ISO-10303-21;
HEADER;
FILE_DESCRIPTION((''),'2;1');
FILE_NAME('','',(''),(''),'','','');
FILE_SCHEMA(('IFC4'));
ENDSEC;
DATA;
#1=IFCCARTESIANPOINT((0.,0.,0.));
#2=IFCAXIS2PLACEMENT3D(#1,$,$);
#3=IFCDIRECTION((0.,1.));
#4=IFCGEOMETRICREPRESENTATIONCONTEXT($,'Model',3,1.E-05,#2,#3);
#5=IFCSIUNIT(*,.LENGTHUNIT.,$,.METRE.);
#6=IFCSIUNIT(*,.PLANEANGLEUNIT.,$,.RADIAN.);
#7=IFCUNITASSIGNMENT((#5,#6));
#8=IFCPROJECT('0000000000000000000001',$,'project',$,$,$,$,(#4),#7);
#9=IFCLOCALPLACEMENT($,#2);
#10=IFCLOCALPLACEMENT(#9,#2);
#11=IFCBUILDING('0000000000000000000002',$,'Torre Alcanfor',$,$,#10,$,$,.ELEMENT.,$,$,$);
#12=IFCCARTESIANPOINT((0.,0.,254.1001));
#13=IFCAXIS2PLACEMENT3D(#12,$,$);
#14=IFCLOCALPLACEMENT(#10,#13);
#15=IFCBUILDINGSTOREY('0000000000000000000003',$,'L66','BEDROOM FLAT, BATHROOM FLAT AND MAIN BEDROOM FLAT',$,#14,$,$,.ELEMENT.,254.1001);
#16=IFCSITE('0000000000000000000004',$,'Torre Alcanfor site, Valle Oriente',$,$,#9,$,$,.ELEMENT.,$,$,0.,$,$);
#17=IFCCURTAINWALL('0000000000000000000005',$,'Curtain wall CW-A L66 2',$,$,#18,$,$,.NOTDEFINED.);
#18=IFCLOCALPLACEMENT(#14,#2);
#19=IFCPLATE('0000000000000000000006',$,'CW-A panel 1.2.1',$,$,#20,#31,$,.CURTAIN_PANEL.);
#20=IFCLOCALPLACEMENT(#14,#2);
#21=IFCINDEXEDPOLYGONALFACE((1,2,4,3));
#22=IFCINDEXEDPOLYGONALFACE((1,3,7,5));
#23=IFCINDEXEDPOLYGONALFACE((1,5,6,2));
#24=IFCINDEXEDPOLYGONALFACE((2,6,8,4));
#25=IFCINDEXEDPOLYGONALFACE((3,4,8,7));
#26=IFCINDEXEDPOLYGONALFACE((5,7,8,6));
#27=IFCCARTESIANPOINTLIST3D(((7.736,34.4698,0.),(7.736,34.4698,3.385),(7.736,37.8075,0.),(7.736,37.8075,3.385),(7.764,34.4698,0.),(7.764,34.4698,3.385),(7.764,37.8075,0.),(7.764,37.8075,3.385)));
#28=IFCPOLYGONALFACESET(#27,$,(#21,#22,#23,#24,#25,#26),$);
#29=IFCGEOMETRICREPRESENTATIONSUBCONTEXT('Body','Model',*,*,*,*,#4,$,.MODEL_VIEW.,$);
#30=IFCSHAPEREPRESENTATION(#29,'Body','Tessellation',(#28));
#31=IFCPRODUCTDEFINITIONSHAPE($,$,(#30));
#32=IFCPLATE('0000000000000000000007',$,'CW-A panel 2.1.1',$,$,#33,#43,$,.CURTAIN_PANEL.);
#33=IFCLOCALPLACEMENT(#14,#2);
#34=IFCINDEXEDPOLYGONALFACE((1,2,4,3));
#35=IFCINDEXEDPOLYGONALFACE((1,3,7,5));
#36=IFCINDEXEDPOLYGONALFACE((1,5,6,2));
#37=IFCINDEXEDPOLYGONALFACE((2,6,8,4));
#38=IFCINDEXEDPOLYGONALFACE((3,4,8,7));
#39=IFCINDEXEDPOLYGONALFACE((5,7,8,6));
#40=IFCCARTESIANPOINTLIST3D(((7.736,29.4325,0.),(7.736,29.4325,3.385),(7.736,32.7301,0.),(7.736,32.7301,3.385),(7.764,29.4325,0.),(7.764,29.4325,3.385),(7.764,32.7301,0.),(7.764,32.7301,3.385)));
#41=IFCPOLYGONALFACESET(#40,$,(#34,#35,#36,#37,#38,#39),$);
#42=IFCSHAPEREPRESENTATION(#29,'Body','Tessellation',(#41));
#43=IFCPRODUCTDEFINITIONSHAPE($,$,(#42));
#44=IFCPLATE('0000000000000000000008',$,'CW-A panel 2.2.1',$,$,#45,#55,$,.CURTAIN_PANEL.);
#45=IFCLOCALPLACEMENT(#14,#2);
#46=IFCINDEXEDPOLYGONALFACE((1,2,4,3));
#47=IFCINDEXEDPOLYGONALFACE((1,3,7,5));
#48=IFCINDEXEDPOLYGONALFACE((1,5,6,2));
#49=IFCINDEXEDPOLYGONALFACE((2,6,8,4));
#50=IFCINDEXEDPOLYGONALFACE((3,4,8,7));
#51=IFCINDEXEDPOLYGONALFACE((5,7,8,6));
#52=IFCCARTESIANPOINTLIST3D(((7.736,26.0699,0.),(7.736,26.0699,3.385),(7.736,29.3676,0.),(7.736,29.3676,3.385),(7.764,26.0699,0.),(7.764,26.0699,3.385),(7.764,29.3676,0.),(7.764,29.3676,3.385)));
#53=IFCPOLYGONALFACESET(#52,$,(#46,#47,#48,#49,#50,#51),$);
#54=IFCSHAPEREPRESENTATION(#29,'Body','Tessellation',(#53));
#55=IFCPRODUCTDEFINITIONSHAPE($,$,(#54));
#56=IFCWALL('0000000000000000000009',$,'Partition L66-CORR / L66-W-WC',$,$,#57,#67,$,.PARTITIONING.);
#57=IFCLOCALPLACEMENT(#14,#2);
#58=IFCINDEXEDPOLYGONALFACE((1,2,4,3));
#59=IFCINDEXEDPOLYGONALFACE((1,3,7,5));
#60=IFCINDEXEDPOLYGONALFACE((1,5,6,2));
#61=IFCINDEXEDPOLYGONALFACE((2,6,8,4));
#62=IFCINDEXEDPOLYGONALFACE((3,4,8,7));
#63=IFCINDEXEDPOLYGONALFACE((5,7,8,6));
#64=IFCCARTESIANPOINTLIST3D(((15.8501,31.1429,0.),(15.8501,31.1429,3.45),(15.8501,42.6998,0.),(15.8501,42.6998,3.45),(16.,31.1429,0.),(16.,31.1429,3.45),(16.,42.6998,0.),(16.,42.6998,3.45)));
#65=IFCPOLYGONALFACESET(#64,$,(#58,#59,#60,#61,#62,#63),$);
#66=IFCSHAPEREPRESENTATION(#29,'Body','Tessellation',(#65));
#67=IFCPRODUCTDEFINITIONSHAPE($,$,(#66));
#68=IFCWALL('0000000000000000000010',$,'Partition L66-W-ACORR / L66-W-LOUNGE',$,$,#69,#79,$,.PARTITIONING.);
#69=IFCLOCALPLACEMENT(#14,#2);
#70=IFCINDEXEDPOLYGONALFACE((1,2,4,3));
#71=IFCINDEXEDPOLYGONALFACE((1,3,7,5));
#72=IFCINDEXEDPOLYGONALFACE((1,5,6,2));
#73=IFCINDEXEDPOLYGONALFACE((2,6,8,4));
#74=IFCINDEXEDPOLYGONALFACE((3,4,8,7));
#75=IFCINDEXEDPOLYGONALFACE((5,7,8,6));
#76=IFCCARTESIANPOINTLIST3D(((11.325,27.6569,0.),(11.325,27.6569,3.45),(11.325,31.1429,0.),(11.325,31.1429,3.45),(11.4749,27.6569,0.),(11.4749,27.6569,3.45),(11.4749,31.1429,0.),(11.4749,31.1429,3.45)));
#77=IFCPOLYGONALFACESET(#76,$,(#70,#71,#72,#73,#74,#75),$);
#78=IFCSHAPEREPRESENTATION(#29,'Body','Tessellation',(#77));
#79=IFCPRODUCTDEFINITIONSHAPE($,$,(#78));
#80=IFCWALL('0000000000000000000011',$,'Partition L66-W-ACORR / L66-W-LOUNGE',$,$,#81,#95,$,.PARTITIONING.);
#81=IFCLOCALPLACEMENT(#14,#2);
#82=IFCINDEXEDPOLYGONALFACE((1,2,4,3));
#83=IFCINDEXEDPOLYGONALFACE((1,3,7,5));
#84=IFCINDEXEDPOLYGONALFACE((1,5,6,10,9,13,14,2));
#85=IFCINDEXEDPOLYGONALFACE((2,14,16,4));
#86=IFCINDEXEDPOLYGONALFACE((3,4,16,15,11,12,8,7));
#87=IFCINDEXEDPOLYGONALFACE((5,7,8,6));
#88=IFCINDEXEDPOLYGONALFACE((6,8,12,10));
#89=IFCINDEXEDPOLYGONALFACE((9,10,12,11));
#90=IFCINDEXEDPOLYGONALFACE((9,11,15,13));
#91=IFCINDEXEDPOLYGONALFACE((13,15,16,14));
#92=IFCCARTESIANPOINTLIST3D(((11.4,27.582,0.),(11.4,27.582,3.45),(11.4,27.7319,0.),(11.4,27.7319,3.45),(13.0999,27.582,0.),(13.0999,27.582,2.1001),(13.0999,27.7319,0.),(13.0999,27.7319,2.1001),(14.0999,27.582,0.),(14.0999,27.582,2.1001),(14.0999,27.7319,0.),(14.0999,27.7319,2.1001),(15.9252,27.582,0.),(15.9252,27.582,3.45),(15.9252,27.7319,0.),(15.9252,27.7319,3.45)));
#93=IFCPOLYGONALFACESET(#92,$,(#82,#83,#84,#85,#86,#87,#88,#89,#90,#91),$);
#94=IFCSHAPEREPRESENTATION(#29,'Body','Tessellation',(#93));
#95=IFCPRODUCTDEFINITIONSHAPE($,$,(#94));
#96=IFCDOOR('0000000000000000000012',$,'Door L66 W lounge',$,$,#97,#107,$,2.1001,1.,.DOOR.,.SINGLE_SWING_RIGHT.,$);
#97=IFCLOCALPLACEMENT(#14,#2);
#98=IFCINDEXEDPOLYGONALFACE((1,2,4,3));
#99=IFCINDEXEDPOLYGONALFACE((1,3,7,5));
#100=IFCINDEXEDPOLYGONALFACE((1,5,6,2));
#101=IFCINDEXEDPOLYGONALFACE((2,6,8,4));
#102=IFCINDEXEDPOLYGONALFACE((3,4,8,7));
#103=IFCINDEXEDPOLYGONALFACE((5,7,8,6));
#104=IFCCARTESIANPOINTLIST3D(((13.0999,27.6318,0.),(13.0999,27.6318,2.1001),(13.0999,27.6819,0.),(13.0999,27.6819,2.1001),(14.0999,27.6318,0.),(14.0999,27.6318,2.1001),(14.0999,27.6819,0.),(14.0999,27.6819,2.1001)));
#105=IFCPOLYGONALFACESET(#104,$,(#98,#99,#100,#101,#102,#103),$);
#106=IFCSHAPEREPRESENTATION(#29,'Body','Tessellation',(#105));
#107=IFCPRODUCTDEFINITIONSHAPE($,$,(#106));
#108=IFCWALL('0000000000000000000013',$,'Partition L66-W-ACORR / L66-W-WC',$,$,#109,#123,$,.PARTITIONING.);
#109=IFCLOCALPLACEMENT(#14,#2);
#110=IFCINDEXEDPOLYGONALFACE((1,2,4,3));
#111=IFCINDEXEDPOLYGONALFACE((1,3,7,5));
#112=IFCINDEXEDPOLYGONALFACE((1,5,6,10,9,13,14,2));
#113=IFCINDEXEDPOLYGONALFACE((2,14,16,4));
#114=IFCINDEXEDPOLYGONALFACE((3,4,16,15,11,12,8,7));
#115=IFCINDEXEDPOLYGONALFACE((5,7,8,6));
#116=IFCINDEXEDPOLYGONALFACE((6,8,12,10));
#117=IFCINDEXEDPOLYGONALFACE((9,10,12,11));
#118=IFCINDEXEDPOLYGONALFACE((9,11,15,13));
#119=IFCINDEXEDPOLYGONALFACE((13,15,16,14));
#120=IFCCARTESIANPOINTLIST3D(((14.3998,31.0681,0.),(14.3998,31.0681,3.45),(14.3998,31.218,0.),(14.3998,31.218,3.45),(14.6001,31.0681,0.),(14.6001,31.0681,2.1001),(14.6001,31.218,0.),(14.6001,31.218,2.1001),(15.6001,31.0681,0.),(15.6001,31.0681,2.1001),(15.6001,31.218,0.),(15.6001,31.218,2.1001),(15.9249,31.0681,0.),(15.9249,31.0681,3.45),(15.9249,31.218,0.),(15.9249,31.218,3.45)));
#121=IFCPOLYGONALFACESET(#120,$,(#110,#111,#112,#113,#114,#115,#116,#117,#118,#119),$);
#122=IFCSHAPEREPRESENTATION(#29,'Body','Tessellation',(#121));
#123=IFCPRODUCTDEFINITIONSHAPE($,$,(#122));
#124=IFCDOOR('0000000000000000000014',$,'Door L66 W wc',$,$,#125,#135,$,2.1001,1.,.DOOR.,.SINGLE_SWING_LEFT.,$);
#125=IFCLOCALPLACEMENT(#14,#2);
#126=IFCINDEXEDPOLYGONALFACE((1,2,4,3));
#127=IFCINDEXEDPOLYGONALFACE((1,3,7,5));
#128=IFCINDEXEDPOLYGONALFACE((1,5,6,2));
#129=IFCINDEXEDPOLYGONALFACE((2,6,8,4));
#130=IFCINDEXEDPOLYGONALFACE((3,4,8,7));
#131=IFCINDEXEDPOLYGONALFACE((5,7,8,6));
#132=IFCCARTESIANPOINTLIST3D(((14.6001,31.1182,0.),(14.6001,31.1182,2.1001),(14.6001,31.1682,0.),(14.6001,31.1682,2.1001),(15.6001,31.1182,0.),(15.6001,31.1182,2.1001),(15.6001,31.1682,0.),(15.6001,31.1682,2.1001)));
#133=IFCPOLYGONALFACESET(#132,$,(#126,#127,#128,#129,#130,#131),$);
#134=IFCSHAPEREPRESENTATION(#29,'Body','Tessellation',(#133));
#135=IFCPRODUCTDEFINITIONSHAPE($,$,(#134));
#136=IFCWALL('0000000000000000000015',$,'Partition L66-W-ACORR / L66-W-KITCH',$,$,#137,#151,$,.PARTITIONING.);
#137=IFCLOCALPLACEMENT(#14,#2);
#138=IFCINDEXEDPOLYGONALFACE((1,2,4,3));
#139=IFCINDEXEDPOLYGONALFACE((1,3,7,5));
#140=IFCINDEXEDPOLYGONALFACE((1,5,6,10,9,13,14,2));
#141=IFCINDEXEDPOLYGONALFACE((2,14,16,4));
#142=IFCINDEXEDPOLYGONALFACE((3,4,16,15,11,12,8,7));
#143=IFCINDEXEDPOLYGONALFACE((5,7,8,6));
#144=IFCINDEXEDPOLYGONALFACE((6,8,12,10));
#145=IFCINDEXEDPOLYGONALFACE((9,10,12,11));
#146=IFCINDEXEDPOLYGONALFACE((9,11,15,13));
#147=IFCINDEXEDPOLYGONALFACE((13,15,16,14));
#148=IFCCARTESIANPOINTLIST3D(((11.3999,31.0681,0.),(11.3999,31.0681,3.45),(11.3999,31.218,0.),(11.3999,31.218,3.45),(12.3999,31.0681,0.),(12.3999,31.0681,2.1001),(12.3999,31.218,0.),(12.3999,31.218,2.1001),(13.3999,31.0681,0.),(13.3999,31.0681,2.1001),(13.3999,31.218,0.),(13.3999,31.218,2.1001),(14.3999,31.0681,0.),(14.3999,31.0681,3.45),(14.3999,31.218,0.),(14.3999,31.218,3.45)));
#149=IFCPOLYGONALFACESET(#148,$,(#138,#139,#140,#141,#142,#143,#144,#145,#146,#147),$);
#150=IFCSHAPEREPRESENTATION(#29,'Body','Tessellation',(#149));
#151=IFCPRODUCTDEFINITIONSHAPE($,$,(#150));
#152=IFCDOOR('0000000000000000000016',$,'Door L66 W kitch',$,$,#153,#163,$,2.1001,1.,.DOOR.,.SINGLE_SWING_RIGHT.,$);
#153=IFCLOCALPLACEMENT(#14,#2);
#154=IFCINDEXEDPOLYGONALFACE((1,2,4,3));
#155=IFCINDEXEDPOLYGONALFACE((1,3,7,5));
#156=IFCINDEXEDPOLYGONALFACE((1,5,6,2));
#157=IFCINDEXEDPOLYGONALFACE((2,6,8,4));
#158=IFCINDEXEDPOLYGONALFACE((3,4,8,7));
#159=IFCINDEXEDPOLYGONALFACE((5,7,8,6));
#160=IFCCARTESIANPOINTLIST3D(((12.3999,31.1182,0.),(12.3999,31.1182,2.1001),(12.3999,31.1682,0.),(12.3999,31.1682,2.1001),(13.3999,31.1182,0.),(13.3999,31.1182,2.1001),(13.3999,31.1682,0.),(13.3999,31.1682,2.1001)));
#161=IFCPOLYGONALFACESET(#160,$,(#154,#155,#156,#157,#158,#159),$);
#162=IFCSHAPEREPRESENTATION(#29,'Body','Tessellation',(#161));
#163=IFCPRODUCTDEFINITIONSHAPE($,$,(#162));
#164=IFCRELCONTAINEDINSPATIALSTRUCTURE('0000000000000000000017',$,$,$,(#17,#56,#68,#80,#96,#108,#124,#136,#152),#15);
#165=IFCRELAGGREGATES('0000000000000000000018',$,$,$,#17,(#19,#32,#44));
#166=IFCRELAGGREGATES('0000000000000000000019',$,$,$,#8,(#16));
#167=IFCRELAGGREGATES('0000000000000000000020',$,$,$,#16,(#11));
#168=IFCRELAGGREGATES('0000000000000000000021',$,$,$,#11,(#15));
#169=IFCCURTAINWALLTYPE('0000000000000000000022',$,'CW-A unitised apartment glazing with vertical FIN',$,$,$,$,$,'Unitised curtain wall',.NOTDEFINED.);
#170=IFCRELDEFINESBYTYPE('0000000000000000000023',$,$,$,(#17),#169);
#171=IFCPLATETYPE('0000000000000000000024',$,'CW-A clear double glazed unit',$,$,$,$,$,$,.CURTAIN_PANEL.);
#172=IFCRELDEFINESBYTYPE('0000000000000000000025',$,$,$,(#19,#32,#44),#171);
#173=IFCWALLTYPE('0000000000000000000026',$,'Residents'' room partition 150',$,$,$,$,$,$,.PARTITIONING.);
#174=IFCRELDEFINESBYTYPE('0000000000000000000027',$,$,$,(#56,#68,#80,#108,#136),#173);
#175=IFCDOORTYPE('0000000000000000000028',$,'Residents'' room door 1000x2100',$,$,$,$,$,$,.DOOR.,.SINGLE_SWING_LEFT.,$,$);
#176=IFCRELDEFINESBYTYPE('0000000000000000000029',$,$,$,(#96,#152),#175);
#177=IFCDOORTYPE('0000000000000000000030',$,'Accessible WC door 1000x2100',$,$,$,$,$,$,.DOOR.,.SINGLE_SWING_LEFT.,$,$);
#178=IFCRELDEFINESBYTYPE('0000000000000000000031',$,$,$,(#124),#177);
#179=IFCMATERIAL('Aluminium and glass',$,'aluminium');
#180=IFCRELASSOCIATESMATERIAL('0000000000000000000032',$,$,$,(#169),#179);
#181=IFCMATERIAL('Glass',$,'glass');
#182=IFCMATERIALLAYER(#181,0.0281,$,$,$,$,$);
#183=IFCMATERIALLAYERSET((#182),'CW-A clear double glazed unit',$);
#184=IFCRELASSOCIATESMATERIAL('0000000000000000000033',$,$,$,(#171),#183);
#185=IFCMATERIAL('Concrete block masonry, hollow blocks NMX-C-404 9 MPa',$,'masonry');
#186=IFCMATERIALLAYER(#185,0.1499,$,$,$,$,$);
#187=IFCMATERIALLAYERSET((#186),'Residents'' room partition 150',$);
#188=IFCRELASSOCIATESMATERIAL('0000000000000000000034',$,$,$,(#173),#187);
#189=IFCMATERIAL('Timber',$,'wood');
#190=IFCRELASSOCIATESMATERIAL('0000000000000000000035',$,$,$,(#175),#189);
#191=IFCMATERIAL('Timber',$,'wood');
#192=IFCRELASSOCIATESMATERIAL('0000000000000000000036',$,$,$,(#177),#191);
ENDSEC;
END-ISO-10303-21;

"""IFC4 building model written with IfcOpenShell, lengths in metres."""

from ifc_helpers import new_model, si_unit, direction, frame, frame_2d, origin, origin_2d, place, context, subcontext, project, spatial, rectangle, extrude, material, layer, layer_set, type_object, element, fill, aggregate, save


model = new_model("IFC4")

# Units and contexts
model_context = context("Model", 3, precision=1e-05, world=origin(), true_north=direction((0.0, 1.0)))
body_context = subcontext(model_context, "Body", "Model", "MODEL_VIEW")
ifc_project = project(units=[si_unit("LENGTHUNIT", "METRE"), si_unit("PLANEANGLEUNIT", "RADIAN")], contexts=[model_context])

# Site, building, storey
site_placement = place(None, origin())
site = spatial("IfcSite", under=ifc_project, at=site_placement, Name="Torre Alcanfor site, Valle Oriente", CompositionType="ELEMENT", RefElevation=0.0)
building_placement = place(site_placement, origin())
building = spatial("IfcBuilding", under=site, at=building_placement, Name="Torre Alcanfor", CompositionType="ELEMENT")
storey_placement = place(building_placement, frame((0.0, 0.0, 254.1001)))
storey = spatial("IfcBuildingStorey", under=building, at=storey_placement, Name="L66", Description="BEDROOM FLAT, BATHROOM FLAT AND MAIN BEDROOM FLAT", CompositionType="ELEMENT", Elevation=254.1001)

# Curtain wall
ifc_material_1 = material(Name="Aluminium and glass", Category="aluminium")
curtain_wall_type = type_object("IfcCurtainWallType", Name="CW-A unitised apartment glazing with vertical FIN", ElementType="Unitised curtain wall", PredefinedType="NOTDEFINED", material=ifc_material_1)
curtain_wall_placement = place(storey_placement, origin())
curtain_wall = element("IfcCurtainWall", 1, at=curtain_wall_placement, inside=storey, type_object=curtain_wall_type, Name="Curtain wall CW-A L66 2", PredefinedType="NOTDEFINED")

# Plates
ifc_material_2 = material(Name="Glass", Category="glass")
ifc_layer_1 = layer(ifc_material_2, 0.0281)
ifc_layer_set_1 = layer_set([ifc_layer_1], Name="CW-A clear double glazed unit")
plate_type = type_object("IfcPlateType", Name="CW-A clear double glazed unit", PredefinedType="CURTAIN_PANEL", material=ifc_layer_set_1)
plate_1_placement = place(storey_placement, frame((7.75, 36.1387, 0.0), z_axis=(0.0, 0.0, 1.0), x_axis=(0.0, -1.0, 0.0)))
plate_1 = element("IfcPlate", 2, at=plate_1_placement, type_object=plate_type, Name="CW-A panel 1.2.1", PredefinedType="CURTAIN_PANEL", context=body_context, shape_type="SweptSolid", body=[
    extrude(rectangle(XDim=3.3376, YDim=0.0281, at=origin_2d()), origin(), (0.0, 0.0, 1.0), 3.385),
])
plate_2_placement = place(storey_placement, frame((7.75, 31.0813, 0.0), z_axis=(0.0, 0.0, 1.0), x_axis=(0.0, -1.0, 0.0)))
plate_2 = element("IfcPlate", 3, at=plate_2_placement, type_object=plate_type, Name="CW-A panel 2.1.1", PredefinedType="CURTAIN_PANEL", context=body_context, shape_type="SweptSolid", body=[
    extrude(rectangle(XDim=3.2976, YDim=0.0281, at=origin_2d()), origin(), (0.0, 0.0, 1.0), 3.385),
])
plate_3_placement = place(storey_placement, frame((7.75, 27.7188, 0.0), z_axis=(0.0, 0.0, 1.0), x_axis=(0.0, -1.0, 0.0)))
plate_3 = element("IfcPlate", 4, at=plate_3_placement, type_object=plate_type, Name="CW-A panel 2.2.1", PredefinedType="CURTAIN_PANEL", context=body_context, shape_type="SweptSolid", body=[
    extrude(rectangle(XDim=3.2976, YDim=0.0281, at=origin_2d()), origin(), (0.0, 0.0, 1.0), 3.385),
])
aggregate(curtain_wall, [plate_1, plate_2, plate_3])

# Walls
ifc_material_3 = material(Name="Concrete block masonry, hollow blocks NMX-C-404 9 MPa", Category="masonry")
ifc_layer_2 = layer(ifc_material_3, 0.1499)
ifc_layer_set_2 = layer_set([ifc_layer_2], Name="Residents' room partition 150")
wall_type = type_object("IfcWallType", Name="Residents' room partition 150", PredefinedType="PARTITIONING", material=ifc_layer_set_2)
wall_1_placement = place(storey_placement, frame((15.925, 31.1431, 0.0), z_axis=(0.0, 0.0, 1.0), x_axis=(0.0, 1.0, 0.0)))
element("IfcWall", 5, at=wall_1_placement, inside=storey, type_object=wall_type, Name="Partition L66-CORR / L66-W-WC", PredefinedType="PARTITIONING", context=body_context, shape_type="SweptSolid", body=[
    extrude(rectangle(XDim=11.5569, YDim=0.1499, at=frame_2d((5.7783, 0.0))), origin(), (0.0, 0.0, 1.0), 3.45),
])
wall_2_placement = place(storey_placement, frame((11.3999, 31.1431, 0.0), z_axis=(0.0, 0.0, 1.0), x_axis=(0.0, -1.0, 0.0)))
element("IfcWall", 6, at=wall_2_placement, inside=storey, type_object=wall_type, Name="Partition L66-W-ACORR / L66-W-LOUNGE", PredefinedType="PARTITIONING", context=body_context, shape_type="SweptSolid", body=[
    extrude(rectangle(XDim=3.4861, YDim=0.1499, at=frame_2d((1.7432, 0.0))), origin(), (0.0, 0.0, 1.0), 3.45),
])

# Walls, openings, doors
wall_3_placement = place(storey_placement, frame((11.3999, 27.657, 0.0), z_axis=(0.0, 0.0, 1.0), x_axis=(1.0, 0.0, 0.0)))
wall_3 = element("IfcWall", 7, at=wall_3_placement, inside=storey, type_object=wall_type, Name="Partition L66-W-ACORR / L66-W-LOUNGE", PredefinedType="PARTITIONING", context=body_context, shape_type="SweptSolid", body=[
    extrude(rectangle(XDim=4.5251, YDim=0.1499, at=frame_2d((2.2627, 0.0))), origin(), (0.0, 0.0, 1.0), 3.45),
])
opening_1_placement = place(wall_3_placement, frame((1.7, 0.0, 0.0)))
opening_1 = element("IfcOpeningElement", 8, at=opening_1_placement, cuts=wall_3, PredefinedType="OPENING", context=body_context, shape_type="SweptSolid", body=[
    extrude(rectangle(XDim=1.0, YDim=2.1001, at=frame_2d((0.5, 1.05))), frame((0.0, 0.085, 0.0), z_axis=(0.0, -1.0, 0.0), x_axis=(1.0, 0.0, 0.0)), (0.0, 0.0, 1.0), 0.1699),
])
ifc_material_4 = material(Name="Timber", Category="wood")
door_type_1 = type_object("IfcDoorType", Name="Residents' room door 1000x2100", OperationType="SINGLE_SWING_LEFT", PredefinedType="DOOR", material=ifc_material_4)
door_1_placement = place(opening_1_placement, frame((1.0, 0.0, 0.0), z_axis=(0.0, 0.0, 1.0), x_axis=(-1.0, 0.0, 0.0)))
door_1 = element("IfcDoor", 9, at=door_1_placement, inside=storey, type_object=door_type_1, Name="Door L66 W lounge", OperationType="SINGLE_SWING_RIGHT", OverallHeight=2.1001, OverallWidth=1.0, PredefinedType="DOOR", context=body_context, shape_type="SweptSolid", body=[
    extrude(rectangle(XDim=1.0, YDim=2.1001, at=frame_2d((0.5, 1.05))), frame((0.0, 0.0251, 0.0), z_axis=(0.0, -1.0, 0.0), x_axis=(1.0, 0.0, 0.0)), (0.0, 0.0, 1.0), 0.05),
])
fill(opening_1, door_1)
wall_4_placement = place(storey_placement, frame((15.925, 31.1431, 0.0), z_axis=(0.0, 0.0, 1.0), x_axis=(-1.0, 0.0, 0.0)))
wall_4 = element("IfcWall", 10, at=wall_4_placement, inside=storey, type_object=wall_type, Name="Partition L66-W-ACORR / L66-W-WC", PredefinedType="PARTITIONING", context=body_context, shape_type="SweptSolid", body=[
    extrude(rectangle(XDim=1.5251, YDim=0.1499, at=frame_2d((0.7627, 0.0))), origin(), (0.0, 0.0, 1.0), 3.45),
])
opening_2_placement = place(wall_4_placement, frame((0.325, 0.0, 0.0)))
opening_2 = element("IfcOpeningElement", 11, at=opening_2_placement, cuts=wall_4, PredefinedType="OPENING", context=body_context, shape_type="SweptSolid", body=[
    extrude(rectangle(XDim=1.0, YDim=2.1001, at=frame_2d((0.5, 1.05))), frame((0.0, 0.085, 0.0), z_axis=(0.0, -1.0, 0.0), x_axis=(1.0, 0.0, 0.0)), (0.0, 0.0, 1.0), 0.1699),
])
ifc_material_5 = material(Name="Timber", Category="wood")
door_type_2 = type_object("IfcDoorType", Name="Accessible WC door 1000x2100", OperationType="SINGLE_SWING_LEFT", PredefinedType="DOOR", material=ifc_material_5)
door_2_placement = place(opening_2_placement, origin())
door_2 = element("IfcDoor", 12, at=door_2_placement, inside=storey, type_object=door_type_2, Name="Door L66 W wc", OperationType="SINGLE_SWING_LEFT", OverallHeight=2.1001, OverallWidth=1.0, PredefinedType="DOOR", context=body_context, shape_type="SweptSolid", body=[
    extrude(rectangle(XDim=1.0, YDim=2.1001, at=frame_2d((0.5, 1.05))), frame((0.0, 0.0249, 0.0), z_axis=(0.0, -1.0, 0.0), x_axis=(1.0, 0.0, 0.0)), (0.0, 0.0, 1.0), 0.05),
])
fill(opening_2, door_2)
wall_5_placement = place(storey_placement, frame((14.3999, 31.1431, 0.0), z_axis=(0.0, 0.0, 1.0), x_axis=(-1.0, 0.0, 0.0)))
wall_5 = element("IfcWall", 13, at=wall_5_placement, inside=storey, type_object=wall_type, Name="Partition L66-W-ACORR / L66-W-KITCH", PredefinedType="PARTITIONING", context=body_context, shape_type="SweptSolid", body=[
    extrude(rectangle(XDim=3.0, YDim=0.1499, at=frame_2d((1.5, 0.0))), origin(), (0.0, 0.0, 1.0), 3.45),
])
opening_3_placement = place(wall_5_placement, frame((1.0, 0.0, 0.0)))
opening_3 = element("IfcOpeningElement", 14, at=opening_3_placement, cuts=wall_5, PredefinedType="OPENING", context=body_context, shape_type="SweptSolid", body=[
    extrude(rectangle(XDim=1.0, YDim=2.1001, at=frame_2d((0.5, 1.05))), frame((0.0, 0.085, 0.0), z_axis=(0.0, -1.0, 0.0), x_axis=(1.0, 0.0, 0.0)), (0.0, 0.0, 1.0), 0.1699),
])
door_3_placement = place(opening_3_placement, frame((1.0, 0.0, 0.0), z_axis=(0.0, 0.0, 1.0), x_axis=(-1.0, 0.0, 0.0)))
door_3 = element("IfcDoor", 15, at=door_3_placement, inside=storey, type_object=door_type_1, Name="Door L66 W kitch", OperationType="SINGLE_SWING_RIGHT", OverallHeight=2.1001, OverallWidth=1.0, PredefinedType="DOOR", context=body_context, shape_type="SweptSolid", body=[
    extrude(rectangle(XDim=1.0, YDim=2.1001, at=frame_2d((0.5, 1.05))), frame((0.0, 0.0251, 0.0), z_axis=(0.0, -1.0, 0.0), x_axis=(1.0, 0.0, 0.0)), (0.0, 0.0, 1.0), 0.05),
])
fill(opening_3, door_3)

save(model, "model.ifc")
